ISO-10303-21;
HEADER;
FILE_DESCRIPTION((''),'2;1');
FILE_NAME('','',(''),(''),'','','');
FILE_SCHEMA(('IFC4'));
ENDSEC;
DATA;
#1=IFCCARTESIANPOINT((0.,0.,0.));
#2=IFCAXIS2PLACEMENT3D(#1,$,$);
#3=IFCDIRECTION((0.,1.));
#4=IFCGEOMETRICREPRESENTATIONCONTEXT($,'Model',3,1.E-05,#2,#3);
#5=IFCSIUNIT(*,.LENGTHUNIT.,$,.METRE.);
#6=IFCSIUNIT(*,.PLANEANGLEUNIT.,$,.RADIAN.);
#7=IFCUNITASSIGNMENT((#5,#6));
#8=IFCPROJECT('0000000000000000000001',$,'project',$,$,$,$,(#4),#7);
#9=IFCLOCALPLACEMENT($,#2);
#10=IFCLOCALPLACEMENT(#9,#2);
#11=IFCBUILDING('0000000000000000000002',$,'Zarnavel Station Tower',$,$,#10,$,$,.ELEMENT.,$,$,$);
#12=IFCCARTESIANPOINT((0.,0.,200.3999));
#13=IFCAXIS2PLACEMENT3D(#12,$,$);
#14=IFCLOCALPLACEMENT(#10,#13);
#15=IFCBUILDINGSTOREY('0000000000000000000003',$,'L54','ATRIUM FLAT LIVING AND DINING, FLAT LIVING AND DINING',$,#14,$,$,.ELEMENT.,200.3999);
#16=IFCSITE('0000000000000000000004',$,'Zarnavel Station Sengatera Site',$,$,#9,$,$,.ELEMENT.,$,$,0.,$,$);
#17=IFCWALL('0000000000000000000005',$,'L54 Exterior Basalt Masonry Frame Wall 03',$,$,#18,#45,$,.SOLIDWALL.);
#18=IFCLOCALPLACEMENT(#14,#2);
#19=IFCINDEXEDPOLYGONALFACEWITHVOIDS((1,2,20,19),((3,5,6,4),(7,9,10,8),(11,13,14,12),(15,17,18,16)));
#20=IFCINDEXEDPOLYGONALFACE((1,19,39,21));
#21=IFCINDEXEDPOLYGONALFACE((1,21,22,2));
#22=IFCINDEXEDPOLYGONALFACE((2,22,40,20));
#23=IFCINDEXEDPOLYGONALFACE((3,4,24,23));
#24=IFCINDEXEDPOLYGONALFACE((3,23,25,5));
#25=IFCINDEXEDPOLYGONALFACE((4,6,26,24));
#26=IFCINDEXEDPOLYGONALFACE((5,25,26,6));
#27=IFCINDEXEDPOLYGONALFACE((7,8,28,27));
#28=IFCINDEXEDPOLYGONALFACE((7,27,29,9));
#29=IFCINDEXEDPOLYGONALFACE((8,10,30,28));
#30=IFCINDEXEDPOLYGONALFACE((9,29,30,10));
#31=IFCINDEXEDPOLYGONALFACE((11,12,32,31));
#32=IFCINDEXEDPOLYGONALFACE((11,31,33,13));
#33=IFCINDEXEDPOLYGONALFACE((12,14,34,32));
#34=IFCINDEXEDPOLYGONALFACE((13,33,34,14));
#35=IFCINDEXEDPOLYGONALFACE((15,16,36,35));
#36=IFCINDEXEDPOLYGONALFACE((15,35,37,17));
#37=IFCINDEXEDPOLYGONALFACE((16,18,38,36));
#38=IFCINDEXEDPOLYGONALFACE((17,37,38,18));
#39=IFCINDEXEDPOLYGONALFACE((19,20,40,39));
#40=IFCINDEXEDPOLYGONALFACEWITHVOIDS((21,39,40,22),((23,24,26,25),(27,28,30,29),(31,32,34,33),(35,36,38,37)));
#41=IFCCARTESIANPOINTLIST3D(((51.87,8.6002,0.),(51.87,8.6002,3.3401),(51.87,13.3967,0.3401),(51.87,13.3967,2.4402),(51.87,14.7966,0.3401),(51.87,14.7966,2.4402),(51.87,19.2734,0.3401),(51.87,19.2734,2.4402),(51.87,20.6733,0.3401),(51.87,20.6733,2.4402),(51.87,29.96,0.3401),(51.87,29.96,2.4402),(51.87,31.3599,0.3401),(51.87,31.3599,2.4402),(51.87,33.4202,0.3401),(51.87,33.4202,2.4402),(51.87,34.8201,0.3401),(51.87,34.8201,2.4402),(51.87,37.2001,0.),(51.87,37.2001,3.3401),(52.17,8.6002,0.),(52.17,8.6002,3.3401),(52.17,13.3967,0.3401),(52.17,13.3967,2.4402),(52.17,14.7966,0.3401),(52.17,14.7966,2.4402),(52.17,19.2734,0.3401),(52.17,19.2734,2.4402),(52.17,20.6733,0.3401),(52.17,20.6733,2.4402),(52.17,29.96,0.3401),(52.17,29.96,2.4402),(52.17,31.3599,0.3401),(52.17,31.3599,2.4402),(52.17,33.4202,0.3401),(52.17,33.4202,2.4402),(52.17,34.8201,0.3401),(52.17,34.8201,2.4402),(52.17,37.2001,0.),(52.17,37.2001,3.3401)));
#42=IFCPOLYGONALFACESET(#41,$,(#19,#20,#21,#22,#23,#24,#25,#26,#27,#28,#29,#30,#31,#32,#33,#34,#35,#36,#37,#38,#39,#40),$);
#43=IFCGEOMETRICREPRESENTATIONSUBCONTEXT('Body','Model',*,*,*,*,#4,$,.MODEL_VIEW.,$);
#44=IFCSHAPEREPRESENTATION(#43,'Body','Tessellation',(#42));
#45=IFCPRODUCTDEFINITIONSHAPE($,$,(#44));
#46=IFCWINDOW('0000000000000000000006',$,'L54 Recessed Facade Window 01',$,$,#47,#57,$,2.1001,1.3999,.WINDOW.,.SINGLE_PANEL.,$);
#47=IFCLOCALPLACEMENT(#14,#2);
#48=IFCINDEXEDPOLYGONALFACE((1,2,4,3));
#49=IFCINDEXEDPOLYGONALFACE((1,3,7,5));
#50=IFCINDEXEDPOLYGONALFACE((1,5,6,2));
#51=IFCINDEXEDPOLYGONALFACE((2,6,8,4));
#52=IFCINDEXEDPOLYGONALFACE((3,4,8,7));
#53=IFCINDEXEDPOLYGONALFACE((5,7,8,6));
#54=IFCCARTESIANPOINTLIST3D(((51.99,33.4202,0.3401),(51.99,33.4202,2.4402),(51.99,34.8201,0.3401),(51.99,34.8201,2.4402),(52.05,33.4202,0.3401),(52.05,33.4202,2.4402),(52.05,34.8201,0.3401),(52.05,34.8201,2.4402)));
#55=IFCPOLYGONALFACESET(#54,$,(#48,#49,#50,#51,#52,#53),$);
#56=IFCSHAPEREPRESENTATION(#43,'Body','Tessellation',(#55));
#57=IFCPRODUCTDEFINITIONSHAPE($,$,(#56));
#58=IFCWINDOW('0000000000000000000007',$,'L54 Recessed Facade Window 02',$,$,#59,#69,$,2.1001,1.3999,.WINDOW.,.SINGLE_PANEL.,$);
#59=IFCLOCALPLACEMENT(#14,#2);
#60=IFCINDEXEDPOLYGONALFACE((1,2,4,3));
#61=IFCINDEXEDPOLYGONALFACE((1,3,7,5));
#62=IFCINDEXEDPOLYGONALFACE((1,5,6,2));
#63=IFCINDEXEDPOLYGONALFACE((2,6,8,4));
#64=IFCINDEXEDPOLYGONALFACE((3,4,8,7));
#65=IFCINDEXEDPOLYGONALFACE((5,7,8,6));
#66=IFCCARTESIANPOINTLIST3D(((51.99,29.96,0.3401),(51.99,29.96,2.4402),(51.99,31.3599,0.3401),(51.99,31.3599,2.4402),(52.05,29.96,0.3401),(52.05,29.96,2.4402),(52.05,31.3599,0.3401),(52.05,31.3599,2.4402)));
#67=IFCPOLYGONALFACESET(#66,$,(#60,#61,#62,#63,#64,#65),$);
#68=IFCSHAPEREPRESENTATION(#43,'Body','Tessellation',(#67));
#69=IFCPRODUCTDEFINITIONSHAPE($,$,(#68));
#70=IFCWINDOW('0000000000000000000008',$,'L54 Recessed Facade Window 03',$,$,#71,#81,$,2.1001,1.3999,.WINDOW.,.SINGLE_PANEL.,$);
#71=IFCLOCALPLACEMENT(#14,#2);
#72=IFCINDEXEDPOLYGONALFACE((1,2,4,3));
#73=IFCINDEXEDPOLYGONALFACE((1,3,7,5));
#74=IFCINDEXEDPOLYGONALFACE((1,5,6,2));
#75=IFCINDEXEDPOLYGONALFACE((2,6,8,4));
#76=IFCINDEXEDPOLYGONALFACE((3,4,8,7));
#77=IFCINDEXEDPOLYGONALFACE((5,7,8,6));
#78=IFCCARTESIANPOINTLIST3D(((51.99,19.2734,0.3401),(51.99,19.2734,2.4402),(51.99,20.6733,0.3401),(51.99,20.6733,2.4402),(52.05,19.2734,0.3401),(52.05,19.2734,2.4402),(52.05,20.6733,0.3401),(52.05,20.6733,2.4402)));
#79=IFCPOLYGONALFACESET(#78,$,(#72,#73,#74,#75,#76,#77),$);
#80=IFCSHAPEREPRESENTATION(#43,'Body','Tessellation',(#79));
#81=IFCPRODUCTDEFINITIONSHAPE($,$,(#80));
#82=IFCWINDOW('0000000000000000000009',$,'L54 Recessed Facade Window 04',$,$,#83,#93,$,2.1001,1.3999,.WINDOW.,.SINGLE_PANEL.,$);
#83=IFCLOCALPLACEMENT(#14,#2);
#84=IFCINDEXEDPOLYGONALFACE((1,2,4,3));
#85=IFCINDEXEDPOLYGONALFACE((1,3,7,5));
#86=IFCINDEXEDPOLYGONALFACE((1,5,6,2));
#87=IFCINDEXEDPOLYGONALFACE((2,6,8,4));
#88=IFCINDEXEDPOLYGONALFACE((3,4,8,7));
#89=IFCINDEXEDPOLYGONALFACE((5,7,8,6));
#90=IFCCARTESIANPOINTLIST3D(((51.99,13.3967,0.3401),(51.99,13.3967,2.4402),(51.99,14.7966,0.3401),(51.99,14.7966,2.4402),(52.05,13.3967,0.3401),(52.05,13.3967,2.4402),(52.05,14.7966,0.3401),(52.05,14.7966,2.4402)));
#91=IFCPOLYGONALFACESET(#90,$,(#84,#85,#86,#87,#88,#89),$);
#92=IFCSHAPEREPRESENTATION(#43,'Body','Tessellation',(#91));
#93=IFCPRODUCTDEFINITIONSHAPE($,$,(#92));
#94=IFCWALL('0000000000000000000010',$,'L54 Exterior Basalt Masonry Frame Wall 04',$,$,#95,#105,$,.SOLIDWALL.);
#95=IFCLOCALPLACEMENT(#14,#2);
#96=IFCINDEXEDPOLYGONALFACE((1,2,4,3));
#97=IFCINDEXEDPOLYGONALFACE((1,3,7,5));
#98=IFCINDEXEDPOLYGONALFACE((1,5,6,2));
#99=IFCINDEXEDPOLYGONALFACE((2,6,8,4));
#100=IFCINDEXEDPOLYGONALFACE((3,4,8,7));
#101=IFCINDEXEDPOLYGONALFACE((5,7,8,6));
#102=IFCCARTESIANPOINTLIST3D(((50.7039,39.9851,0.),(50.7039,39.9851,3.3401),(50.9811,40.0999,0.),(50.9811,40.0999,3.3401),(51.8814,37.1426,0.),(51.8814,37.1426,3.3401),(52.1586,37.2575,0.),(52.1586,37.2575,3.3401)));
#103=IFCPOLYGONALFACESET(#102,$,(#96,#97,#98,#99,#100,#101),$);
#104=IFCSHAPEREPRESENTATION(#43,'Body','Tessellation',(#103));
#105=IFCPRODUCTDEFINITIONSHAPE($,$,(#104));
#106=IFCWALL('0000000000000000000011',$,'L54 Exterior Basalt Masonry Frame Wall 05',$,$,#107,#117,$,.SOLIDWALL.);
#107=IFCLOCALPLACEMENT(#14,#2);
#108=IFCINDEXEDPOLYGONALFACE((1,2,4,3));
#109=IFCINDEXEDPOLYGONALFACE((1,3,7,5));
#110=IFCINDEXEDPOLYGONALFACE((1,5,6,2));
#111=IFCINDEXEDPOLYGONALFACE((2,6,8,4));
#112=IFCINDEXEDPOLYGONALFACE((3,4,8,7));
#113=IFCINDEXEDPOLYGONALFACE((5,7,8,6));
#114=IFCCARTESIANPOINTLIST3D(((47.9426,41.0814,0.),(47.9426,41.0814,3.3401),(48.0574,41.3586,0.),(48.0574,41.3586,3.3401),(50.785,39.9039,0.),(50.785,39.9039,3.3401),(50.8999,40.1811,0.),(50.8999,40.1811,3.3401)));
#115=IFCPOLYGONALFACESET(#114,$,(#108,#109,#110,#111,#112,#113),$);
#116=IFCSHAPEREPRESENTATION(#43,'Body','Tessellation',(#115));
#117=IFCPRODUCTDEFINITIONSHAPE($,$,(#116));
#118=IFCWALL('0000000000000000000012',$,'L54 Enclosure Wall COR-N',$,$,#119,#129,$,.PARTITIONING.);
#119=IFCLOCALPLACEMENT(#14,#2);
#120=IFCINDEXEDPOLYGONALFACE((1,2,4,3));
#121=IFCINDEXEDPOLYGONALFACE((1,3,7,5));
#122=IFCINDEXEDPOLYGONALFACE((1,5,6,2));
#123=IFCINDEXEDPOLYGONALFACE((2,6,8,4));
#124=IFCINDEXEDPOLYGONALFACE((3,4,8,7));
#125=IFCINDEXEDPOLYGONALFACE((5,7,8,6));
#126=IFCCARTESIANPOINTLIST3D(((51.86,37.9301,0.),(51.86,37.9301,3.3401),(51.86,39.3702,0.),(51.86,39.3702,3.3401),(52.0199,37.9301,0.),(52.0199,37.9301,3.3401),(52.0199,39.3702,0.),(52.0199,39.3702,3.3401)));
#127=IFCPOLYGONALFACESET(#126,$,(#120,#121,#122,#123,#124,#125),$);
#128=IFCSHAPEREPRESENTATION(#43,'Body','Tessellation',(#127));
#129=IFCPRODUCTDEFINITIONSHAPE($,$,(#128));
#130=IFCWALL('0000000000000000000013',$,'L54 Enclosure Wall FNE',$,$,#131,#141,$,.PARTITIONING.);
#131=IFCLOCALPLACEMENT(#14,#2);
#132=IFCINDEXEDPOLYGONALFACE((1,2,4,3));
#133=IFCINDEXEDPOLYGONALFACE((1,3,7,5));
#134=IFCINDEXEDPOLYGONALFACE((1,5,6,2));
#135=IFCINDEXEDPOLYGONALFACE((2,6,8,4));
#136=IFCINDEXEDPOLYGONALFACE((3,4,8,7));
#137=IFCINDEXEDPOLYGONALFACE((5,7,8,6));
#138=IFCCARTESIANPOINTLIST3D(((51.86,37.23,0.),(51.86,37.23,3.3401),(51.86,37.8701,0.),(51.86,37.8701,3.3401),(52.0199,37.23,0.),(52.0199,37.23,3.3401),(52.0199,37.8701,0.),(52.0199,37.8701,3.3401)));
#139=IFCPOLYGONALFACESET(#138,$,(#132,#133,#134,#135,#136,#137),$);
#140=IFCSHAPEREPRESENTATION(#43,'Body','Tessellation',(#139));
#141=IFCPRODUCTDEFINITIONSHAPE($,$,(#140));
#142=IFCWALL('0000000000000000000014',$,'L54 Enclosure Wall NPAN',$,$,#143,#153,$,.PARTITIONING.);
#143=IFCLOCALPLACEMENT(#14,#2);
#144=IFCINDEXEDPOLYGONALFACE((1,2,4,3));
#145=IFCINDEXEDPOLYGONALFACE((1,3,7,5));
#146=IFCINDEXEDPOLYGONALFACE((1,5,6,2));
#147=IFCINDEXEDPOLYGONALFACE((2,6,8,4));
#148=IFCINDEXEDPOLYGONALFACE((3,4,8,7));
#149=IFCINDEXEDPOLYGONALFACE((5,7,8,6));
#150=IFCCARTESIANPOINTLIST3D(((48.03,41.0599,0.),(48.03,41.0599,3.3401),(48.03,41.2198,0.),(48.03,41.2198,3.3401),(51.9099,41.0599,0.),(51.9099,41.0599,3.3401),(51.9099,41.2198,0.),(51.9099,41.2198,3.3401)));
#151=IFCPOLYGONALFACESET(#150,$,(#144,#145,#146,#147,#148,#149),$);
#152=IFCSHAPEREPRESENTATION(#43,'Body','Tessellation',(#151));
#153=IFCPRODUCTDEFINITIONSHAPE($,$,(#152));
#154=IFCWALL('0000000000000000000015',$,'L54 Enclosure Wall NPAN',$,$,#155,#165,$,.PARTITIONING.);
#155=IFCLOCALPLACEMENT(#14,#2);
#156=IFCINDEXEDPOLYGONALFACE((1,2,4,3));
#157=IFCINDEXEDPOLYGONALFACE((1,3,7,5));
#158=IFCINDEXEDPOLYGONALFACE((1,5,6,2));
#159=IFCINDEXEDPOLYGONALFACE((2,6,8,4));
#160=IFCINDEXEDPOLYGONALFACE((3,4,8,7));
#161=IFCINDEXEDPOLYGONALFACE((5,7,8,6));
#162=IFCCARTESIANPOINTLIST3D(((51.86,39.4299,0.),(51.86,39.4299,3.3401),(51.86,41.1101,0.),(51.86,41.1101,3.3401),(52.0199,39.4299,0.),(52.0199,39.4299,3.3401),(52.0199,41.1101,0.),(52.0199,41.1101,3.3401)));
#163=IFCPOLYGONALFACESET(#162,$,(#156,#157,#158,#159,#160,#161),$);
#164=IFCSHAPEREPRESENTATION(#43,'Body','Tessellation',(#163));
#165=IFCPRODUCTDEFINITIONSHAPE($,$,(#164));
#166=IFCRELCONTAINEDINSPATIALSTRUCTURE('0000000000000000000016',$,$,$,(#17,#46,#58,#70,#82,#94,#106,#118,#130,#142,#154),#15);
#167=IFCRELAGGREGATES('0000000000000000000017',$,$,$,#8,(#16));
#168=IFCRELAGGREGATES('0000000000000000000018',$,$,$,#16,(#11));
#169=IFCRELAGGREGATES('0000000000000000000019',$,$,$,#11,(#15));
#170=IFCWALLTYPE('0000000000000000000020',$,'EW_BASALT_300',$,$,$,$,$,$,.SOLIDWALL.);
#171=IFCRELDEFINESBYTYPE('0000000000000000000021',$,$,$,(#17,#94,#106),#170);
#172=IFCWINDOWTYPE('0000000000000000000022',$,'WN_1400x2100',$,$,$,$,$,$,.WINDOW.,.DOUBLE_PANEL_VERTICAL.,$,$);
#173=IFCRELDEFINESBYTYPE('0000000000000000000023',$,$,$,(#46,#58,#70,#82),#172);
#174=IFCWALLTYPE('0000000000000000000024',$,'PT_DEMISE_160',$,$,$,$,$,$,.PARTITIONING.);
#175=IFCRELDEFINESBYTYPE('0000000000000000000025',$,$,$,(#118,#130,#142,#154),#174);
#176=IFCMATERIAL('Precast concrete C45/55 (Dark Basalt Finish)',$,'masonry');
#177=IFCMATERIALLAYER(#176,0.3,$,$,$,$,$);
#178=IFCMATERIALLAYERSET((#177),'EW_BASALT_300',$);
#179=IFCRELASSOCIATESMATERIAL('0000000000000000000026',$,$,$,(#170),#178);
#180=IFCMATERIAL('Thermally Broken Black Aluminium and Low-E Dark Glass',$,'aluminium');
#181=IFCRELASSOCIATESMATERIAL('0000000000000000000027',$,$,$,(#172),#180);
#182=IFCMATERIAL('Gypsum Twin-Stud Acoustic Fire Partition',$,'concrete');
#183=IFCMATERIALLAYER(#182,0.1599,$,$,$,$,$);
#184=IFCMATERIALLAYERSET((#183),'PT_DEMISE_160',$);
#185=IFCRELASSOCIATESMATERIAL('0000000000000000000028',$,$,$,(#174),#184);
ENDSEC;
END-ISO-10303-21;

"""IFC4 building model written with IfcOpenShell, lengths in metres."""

from ifc_helpers import new_model, si_unit, direction, frame, frame_2d, origin, place, context, subcontext, project, spatial, rectangle, extrude, material, layer, layer_set, type_object, element, fill, save


model = new_model("IFC4")

# Units and contexts
model_context = context("Model", 3, precision=1e-05, world=origin(), true_north=direction((0.0, 1.0)))
body_context = subcontext(model_context, "Body", "Model", "MODEL_VIEW")
ifc_project = project(units=[si_unit("LENGTHUNIT", "METRE"), si_unit("PLANEANGLEUNIT", "RADIAN")], contexts=[model_context])

# Site, building, storey
site_placement = place(None, origin())
site = spatial("IfcSite", under=ifc_project, at=site_placement, Name="Zarnavel Station Sengatera Site", CompositionType="ELEMENT", RefElevation=0.0)
building_placement = place(site_placement, origin())
building = spatial("IfcBuilding", under=site, at=building_placement, Name="Zarnavel Station Tower", CompositionType="ELEMENT")
storey_placement = place(building_placement, frame((0.0, 0.0, 200.3999)))
storey = spatial("IfcBuildingStorey", under=building, at=storey_placement, Name="L54", Description="ATRIUM FLAT LIVING AND DINING, FLAT LIVING AND DINING", CompositionType="ELEMENT", Elevation=200.3999)

# Wall, openings, windows
ifc_material_1 = material(Name="Precast concrete C45/55 (Dark Basalt Finish)", Category="masonry")
ifc_layer_1 = layer(ifc_material_1, 0.3)
ifc_layer_set_1 = layer_set([ifc_layer_1], Name="EW_BASALT_300")
wall_type_1 = type_object("IfcWallType", Name="EW_BASALT_300", PredefinedType="SOLIDWALL", material=ifc_layer_set_1)
wall_1_placement = place(storey_placement, frame((52.02, 37.2, 0.0), z_axis=(0.0, 0.0, 1.0), x_axis=(0.0, -1.0, 0.0)))
wall_1 = element("IfcWall", 1, at=wall_1_placement, inside=storey, type_object=wall_type_1, Name="L54 Exterior Basalt Masonry Frame Wall 03", PredefinedType="SOLIDWALL", context=body_context, shape_type="SweptSolid", body=[
    extrude(rectangle(XDim=28.5999, YDim=0.3, at=frame_2d((14.2998, 0.0))), origin(), (0.0, 0.0, 1.0), 3.3401),
])
opening_1_placement = place(wall_1_placement, frame((2.3799, 0.0, 0.3401)))
opening_1 = element("IfcOpeningElement", 2, at=opening_1_placement, cuts=wall_1, PredefinedType="OPENING", context=body_context, shape_type="SweptSolid", body=[
    extrude(rectangle(XDim=1.3999, YDim=2.1001, at=frame_2d((0.7, 1.05))), frame((0.0, 0.1599, 0.0), z_axis=(0.0, -1.0, 0.0), x_axis=(1.0, 0.0, 0.0)), (0.0, 0.0, 1.0), 0.3201),
])
opening_2_placement = place(wall_1_placement, frame((5.8401, 0.0, 0.3401)))
opening_2 = element("IfcOpeningElement", 3, at=opening_2_placement, cuts=wall_1, PredefinedType="OPENING", context=body_context, shape_type="SweptSolid", body=[
    extrude(rectangle(XDim=1.3999, YDim=2.1001, at=frame_2d((0.7, 1.05))), frame((0.0, 0.1599, 0.0), z_axis=(0.0, -1.0, 0.0), x_axis=(1.0, 0.0, 0.0)), (0.0, 0.0, 1.0), 0.3201),
])
opening_3_placement = place(wall_1_placement, frame((16.5266, 0.0, 0.3401)))
opening_3 = element("IfcOpeningElement", 4, at=opening_3_placement, cuts=wall_1, PredefinedType="OPENING", context=body_context, shape_type="SweptSolid", body=[
    extrude(rectangle(XDim=1.3999, YDim=2.1001, at=frame_2d((0.7, 1.05))), frame((0.0, 0.1599, 0.0), z_axis=(0.0, -1.0, 0.0), x_axis=(1.0, 0.0, 0.0)), (0.0, 0.0, 1.0), 0.3201),
])
opening_4_placement = place(wall_1_placement, frame((22.4033, 0.0, 0.3401)))
opening_4 = element("IfcOpeningElement", 5, at=opening_4_placement, cuts=wall_1, PredefinedType="OPENING", context=body_context, shape_type="SweptSolid", body=[
    extrude(rectangle(XDim=1.3999, YDim=2.1001, at=frame_2d((0.7, 1.05))), frame((0.0, 0.1599, 0.0), z_axis=(0.0, -1.0, 0.0), x_axis=(1.0, 0.0, 0.0)), (0.0, 0.0, 1.0), 0.3201),
])
ifc_material_2 = material(Name="Thermally Broken Black Aluminium and Low-E Dark Glass", Category="aluminium")
window_type = type_object("IfcWindowType", Name="WN_1400x2100", PartitioningType="DOUBLE_PANEL_VERTICAL", PredefinedType="WINDOW", material=ifc_material_2)
window_1_placement = place(opening_1_placement, origin())
window_1 = element("IfcWindow", 6, at=window_1_placement, inside=storey, type_object=window_type, Name="L54 Recessed Facade Window 01", OverallHeight=2.1001, OverallWidth=1.3999, PartitioningType="SINGLE_PANEL", PredefinedType="WINDOW", context=body_context, shape_type="SweptSolid", body=[
    extrude(rectangle(XDim=1.3999, YDim=2.1001, at=frame_2d((0.7, 1.05))), frame((0.0, 0.03, 0.0), z_axis=(0.0, -1.0, 0.0), x_axis=(1.0, 0.0, 0.0)), (0.0, 0.0, 1.0), 0.0601),
])
fill(opening_1, window_1)
window_2_placement = place(opening_2_placement, origin())
window_2 = element("IfcWindow", 7, at=window_2_placement, inside=storey, type_object=window_type, Name="L54 Recessed Facade Window 02", OverallHeight=2.1001, OverallWidth=1.3999, PartitioningType="SINGLE_PANEL", PredefinedType="WINDOW", context=body_context, shape_type="SweptSolid", body=[
    extrude(rectangle(XDim=1.3999, YDim=2.1001, at=frame_2d((0.7, 1.05))), frame((0.0, 0.03, 0.0), z_axis=(0.0, -1.0, 0.0), x_axis=(1.0, 0.0, 0.0)), (0.0, 0.0, 1.0), 0.0601),
])
fill(opening_2, window_2)
window_3_placement = place(opening_3_placement, origin())
window_3 = element("IfcWindow", 8, at=window_3_placement, inside=storey, type_object=window_type, Name="L54 Recessed Facade Window 03", OverallHeight=2.1001, OverallWidth=1.3999, PartitioningType="SINGLE_PANEL", PredefinedType="WINDOW", context=body_context, shape_type="SweptSolid", body=[
    extrude(rectangle(XDim=1.3999, YDim=2.1001, at=frame_2d((0.7, 1.05))), frame((0.0, 0.03, 0.0), z_axis=(0.0, -1.0, 0.0), x_axis=(1.0, 0.0, 0.0)), (0.0, 0.0, 1.0), 0.0601),
])
fill(opening_3, window_3)
window_4_placement = place(opening_4_placement, origin())
window_4 = element("IfcWindow", 9, at=window_4_placement, inside=storey, type_object=window_type, Name="L54 Recessed Facade Window 04", OverallHeight=2.1001, OverallWidth=1.3999, PartitioningType="SINGLE_PANEL", PredefinedType="WINDOW", context=body_context, shape_type="SweptSolid", body=[
    extrude(rectangle(XDim=1.3999, YDim=2.1001, at=frame_2d((0.7, 1.05))), frame((0.0, 0.03, 0.0), z_axis=(0.0, -1.0, 0.0), x_axis=(1.0, 0.0, 0.0)), (0.0, 0.0, 1.0), 0.0601),
])
fill(opening_4, window_4)

# Walls
for number, where, z_axis, x_axis, name in (
    (10, (50.8425, 40.0425, 0.0), (0.0, 0.0, 1.0), (0.382705, -0.923871, 0.0), "L54 Exterior Basalt Masonry Frame Wall 04"),
    (11, (48.0, 41.22, 0.0), (0.0, 0.0, 1.0), (0.923871, -0.382705, 0.0), "L54 Exterior Basalt Masonry Frame Wall 05"),
):
    element("IfcWall", number, at=place(storey_placement, frame(where, z_axis=z_axis, x_axis=x_axis)), inside=storey, type_object=wall_type_1, Name=name, PredefinedType="SOLIDWALL", context=body_context, shape_type="SweptSolid", body=[
        extrude(rectangle(XDim=3.0767, YDim=0.3, at=frame_2d((1.5383, 0.0))), origin(), (0.0, 0.0, 1.0), 3.3401),
    ])
ifc_material_3 = material(Name="Gypsum Twin-Stud Acoustic Fire Partition", Category="concrete")
ifc_layer_2 = layer(ifc_material_3, 0.1599)
ifc_layer_set_2 = layer_set([ifc_layer_2], Name="PT_DEMISE_160")
wall_type_2 = type_object("IfcWallType", Name="PT_DEMISE_160", PredefinedType="PARTITIONING", material=ifc_layer_set_2)
wall_2_placement = place(storey_placement, frame((51.9399, 37.9299, 0.0), z_axis=(0.0, 0.0, 1.0), x_axis=(0.0, 1.0, 0.0)))
element("IfcWall", 12, at=wall_2_placement, inside=storey, type_object=wall_type_2, Name="L54 Enclosure Wall COR-N", PredefinedType="PARTITIONING", context=body_context, shape_type="SweptSolid", body=[
    extrude(rectangle(XDim=1.4402, YDim=0.1599, at=frame_2d((0.7202, 0.0))), origin(), (0.0, 0.0, 1.0), 3.3401),
])
wall_3_placement = place(storey_placement, frame((51.9399, 37.23, 0.0), z_axis=(0.0, 0.0, 1.0), x_axis=(0.0, 1.0, 0.0)))
element("IfcWall", 13, at=wall_3_placement, inside=storey, type_object=wall_type_2, Name="L54 Enclosure Wall FNE", PredefinedType="PARTITIONING", context=body_context, shape_type="SweptSolid", body=[
    extrude(rectangle(XDim=0.6401, YDim=0.1599, at=frame_2d((0.3201, 0.0))), origin(), (0.0, 0.0, 1.0), 3.3401),
])
wall_4_placement = place(storey_placement, frame((48.03, 41.1399, 0.0), z_axis=(0.0, 0.0, 1.0), x_axis=(1.0, 0.0, 0.0)))
element("IfcWall", 14, at=wall_4_placement, inside=storey, type_object=wall_type_2, Name="L54 Enclosure Wall NPAN", PredefinedType="PARTITIONING", context=body_context, shape_type="SweptSolid", body=[
    extrude(rectangle(XDim=3.8799, YDim=0.1599, at=frame_2d((1.9399, 0.0))), origin(), (0.0, 0.0, 1.0), 3.3401),
])
wall_5_placement = place(storey_placement, frame((51.9399, 39.4299, 0.0), z_axis=(0.0, 0.0, 1.0), x_axis=(0.0, 1.0, 0.0)))
element("IfcWall", 15, at=wall_5_placement, inside=storey, type_object=wall_type_2, Name="L54 Enclosure Wall NPAN", PredefinedType="PARTITIONING", context=body_context, shape_type="SweptSolid", body=[
    extrude(rectangle(XDim=1.6802, YDim=0.1599, at=frame_2d((0.8401, 0.0))), origin(), (0.0, 0.0, 1.0), 3.3401),
])

save(model, "model.ifc")
